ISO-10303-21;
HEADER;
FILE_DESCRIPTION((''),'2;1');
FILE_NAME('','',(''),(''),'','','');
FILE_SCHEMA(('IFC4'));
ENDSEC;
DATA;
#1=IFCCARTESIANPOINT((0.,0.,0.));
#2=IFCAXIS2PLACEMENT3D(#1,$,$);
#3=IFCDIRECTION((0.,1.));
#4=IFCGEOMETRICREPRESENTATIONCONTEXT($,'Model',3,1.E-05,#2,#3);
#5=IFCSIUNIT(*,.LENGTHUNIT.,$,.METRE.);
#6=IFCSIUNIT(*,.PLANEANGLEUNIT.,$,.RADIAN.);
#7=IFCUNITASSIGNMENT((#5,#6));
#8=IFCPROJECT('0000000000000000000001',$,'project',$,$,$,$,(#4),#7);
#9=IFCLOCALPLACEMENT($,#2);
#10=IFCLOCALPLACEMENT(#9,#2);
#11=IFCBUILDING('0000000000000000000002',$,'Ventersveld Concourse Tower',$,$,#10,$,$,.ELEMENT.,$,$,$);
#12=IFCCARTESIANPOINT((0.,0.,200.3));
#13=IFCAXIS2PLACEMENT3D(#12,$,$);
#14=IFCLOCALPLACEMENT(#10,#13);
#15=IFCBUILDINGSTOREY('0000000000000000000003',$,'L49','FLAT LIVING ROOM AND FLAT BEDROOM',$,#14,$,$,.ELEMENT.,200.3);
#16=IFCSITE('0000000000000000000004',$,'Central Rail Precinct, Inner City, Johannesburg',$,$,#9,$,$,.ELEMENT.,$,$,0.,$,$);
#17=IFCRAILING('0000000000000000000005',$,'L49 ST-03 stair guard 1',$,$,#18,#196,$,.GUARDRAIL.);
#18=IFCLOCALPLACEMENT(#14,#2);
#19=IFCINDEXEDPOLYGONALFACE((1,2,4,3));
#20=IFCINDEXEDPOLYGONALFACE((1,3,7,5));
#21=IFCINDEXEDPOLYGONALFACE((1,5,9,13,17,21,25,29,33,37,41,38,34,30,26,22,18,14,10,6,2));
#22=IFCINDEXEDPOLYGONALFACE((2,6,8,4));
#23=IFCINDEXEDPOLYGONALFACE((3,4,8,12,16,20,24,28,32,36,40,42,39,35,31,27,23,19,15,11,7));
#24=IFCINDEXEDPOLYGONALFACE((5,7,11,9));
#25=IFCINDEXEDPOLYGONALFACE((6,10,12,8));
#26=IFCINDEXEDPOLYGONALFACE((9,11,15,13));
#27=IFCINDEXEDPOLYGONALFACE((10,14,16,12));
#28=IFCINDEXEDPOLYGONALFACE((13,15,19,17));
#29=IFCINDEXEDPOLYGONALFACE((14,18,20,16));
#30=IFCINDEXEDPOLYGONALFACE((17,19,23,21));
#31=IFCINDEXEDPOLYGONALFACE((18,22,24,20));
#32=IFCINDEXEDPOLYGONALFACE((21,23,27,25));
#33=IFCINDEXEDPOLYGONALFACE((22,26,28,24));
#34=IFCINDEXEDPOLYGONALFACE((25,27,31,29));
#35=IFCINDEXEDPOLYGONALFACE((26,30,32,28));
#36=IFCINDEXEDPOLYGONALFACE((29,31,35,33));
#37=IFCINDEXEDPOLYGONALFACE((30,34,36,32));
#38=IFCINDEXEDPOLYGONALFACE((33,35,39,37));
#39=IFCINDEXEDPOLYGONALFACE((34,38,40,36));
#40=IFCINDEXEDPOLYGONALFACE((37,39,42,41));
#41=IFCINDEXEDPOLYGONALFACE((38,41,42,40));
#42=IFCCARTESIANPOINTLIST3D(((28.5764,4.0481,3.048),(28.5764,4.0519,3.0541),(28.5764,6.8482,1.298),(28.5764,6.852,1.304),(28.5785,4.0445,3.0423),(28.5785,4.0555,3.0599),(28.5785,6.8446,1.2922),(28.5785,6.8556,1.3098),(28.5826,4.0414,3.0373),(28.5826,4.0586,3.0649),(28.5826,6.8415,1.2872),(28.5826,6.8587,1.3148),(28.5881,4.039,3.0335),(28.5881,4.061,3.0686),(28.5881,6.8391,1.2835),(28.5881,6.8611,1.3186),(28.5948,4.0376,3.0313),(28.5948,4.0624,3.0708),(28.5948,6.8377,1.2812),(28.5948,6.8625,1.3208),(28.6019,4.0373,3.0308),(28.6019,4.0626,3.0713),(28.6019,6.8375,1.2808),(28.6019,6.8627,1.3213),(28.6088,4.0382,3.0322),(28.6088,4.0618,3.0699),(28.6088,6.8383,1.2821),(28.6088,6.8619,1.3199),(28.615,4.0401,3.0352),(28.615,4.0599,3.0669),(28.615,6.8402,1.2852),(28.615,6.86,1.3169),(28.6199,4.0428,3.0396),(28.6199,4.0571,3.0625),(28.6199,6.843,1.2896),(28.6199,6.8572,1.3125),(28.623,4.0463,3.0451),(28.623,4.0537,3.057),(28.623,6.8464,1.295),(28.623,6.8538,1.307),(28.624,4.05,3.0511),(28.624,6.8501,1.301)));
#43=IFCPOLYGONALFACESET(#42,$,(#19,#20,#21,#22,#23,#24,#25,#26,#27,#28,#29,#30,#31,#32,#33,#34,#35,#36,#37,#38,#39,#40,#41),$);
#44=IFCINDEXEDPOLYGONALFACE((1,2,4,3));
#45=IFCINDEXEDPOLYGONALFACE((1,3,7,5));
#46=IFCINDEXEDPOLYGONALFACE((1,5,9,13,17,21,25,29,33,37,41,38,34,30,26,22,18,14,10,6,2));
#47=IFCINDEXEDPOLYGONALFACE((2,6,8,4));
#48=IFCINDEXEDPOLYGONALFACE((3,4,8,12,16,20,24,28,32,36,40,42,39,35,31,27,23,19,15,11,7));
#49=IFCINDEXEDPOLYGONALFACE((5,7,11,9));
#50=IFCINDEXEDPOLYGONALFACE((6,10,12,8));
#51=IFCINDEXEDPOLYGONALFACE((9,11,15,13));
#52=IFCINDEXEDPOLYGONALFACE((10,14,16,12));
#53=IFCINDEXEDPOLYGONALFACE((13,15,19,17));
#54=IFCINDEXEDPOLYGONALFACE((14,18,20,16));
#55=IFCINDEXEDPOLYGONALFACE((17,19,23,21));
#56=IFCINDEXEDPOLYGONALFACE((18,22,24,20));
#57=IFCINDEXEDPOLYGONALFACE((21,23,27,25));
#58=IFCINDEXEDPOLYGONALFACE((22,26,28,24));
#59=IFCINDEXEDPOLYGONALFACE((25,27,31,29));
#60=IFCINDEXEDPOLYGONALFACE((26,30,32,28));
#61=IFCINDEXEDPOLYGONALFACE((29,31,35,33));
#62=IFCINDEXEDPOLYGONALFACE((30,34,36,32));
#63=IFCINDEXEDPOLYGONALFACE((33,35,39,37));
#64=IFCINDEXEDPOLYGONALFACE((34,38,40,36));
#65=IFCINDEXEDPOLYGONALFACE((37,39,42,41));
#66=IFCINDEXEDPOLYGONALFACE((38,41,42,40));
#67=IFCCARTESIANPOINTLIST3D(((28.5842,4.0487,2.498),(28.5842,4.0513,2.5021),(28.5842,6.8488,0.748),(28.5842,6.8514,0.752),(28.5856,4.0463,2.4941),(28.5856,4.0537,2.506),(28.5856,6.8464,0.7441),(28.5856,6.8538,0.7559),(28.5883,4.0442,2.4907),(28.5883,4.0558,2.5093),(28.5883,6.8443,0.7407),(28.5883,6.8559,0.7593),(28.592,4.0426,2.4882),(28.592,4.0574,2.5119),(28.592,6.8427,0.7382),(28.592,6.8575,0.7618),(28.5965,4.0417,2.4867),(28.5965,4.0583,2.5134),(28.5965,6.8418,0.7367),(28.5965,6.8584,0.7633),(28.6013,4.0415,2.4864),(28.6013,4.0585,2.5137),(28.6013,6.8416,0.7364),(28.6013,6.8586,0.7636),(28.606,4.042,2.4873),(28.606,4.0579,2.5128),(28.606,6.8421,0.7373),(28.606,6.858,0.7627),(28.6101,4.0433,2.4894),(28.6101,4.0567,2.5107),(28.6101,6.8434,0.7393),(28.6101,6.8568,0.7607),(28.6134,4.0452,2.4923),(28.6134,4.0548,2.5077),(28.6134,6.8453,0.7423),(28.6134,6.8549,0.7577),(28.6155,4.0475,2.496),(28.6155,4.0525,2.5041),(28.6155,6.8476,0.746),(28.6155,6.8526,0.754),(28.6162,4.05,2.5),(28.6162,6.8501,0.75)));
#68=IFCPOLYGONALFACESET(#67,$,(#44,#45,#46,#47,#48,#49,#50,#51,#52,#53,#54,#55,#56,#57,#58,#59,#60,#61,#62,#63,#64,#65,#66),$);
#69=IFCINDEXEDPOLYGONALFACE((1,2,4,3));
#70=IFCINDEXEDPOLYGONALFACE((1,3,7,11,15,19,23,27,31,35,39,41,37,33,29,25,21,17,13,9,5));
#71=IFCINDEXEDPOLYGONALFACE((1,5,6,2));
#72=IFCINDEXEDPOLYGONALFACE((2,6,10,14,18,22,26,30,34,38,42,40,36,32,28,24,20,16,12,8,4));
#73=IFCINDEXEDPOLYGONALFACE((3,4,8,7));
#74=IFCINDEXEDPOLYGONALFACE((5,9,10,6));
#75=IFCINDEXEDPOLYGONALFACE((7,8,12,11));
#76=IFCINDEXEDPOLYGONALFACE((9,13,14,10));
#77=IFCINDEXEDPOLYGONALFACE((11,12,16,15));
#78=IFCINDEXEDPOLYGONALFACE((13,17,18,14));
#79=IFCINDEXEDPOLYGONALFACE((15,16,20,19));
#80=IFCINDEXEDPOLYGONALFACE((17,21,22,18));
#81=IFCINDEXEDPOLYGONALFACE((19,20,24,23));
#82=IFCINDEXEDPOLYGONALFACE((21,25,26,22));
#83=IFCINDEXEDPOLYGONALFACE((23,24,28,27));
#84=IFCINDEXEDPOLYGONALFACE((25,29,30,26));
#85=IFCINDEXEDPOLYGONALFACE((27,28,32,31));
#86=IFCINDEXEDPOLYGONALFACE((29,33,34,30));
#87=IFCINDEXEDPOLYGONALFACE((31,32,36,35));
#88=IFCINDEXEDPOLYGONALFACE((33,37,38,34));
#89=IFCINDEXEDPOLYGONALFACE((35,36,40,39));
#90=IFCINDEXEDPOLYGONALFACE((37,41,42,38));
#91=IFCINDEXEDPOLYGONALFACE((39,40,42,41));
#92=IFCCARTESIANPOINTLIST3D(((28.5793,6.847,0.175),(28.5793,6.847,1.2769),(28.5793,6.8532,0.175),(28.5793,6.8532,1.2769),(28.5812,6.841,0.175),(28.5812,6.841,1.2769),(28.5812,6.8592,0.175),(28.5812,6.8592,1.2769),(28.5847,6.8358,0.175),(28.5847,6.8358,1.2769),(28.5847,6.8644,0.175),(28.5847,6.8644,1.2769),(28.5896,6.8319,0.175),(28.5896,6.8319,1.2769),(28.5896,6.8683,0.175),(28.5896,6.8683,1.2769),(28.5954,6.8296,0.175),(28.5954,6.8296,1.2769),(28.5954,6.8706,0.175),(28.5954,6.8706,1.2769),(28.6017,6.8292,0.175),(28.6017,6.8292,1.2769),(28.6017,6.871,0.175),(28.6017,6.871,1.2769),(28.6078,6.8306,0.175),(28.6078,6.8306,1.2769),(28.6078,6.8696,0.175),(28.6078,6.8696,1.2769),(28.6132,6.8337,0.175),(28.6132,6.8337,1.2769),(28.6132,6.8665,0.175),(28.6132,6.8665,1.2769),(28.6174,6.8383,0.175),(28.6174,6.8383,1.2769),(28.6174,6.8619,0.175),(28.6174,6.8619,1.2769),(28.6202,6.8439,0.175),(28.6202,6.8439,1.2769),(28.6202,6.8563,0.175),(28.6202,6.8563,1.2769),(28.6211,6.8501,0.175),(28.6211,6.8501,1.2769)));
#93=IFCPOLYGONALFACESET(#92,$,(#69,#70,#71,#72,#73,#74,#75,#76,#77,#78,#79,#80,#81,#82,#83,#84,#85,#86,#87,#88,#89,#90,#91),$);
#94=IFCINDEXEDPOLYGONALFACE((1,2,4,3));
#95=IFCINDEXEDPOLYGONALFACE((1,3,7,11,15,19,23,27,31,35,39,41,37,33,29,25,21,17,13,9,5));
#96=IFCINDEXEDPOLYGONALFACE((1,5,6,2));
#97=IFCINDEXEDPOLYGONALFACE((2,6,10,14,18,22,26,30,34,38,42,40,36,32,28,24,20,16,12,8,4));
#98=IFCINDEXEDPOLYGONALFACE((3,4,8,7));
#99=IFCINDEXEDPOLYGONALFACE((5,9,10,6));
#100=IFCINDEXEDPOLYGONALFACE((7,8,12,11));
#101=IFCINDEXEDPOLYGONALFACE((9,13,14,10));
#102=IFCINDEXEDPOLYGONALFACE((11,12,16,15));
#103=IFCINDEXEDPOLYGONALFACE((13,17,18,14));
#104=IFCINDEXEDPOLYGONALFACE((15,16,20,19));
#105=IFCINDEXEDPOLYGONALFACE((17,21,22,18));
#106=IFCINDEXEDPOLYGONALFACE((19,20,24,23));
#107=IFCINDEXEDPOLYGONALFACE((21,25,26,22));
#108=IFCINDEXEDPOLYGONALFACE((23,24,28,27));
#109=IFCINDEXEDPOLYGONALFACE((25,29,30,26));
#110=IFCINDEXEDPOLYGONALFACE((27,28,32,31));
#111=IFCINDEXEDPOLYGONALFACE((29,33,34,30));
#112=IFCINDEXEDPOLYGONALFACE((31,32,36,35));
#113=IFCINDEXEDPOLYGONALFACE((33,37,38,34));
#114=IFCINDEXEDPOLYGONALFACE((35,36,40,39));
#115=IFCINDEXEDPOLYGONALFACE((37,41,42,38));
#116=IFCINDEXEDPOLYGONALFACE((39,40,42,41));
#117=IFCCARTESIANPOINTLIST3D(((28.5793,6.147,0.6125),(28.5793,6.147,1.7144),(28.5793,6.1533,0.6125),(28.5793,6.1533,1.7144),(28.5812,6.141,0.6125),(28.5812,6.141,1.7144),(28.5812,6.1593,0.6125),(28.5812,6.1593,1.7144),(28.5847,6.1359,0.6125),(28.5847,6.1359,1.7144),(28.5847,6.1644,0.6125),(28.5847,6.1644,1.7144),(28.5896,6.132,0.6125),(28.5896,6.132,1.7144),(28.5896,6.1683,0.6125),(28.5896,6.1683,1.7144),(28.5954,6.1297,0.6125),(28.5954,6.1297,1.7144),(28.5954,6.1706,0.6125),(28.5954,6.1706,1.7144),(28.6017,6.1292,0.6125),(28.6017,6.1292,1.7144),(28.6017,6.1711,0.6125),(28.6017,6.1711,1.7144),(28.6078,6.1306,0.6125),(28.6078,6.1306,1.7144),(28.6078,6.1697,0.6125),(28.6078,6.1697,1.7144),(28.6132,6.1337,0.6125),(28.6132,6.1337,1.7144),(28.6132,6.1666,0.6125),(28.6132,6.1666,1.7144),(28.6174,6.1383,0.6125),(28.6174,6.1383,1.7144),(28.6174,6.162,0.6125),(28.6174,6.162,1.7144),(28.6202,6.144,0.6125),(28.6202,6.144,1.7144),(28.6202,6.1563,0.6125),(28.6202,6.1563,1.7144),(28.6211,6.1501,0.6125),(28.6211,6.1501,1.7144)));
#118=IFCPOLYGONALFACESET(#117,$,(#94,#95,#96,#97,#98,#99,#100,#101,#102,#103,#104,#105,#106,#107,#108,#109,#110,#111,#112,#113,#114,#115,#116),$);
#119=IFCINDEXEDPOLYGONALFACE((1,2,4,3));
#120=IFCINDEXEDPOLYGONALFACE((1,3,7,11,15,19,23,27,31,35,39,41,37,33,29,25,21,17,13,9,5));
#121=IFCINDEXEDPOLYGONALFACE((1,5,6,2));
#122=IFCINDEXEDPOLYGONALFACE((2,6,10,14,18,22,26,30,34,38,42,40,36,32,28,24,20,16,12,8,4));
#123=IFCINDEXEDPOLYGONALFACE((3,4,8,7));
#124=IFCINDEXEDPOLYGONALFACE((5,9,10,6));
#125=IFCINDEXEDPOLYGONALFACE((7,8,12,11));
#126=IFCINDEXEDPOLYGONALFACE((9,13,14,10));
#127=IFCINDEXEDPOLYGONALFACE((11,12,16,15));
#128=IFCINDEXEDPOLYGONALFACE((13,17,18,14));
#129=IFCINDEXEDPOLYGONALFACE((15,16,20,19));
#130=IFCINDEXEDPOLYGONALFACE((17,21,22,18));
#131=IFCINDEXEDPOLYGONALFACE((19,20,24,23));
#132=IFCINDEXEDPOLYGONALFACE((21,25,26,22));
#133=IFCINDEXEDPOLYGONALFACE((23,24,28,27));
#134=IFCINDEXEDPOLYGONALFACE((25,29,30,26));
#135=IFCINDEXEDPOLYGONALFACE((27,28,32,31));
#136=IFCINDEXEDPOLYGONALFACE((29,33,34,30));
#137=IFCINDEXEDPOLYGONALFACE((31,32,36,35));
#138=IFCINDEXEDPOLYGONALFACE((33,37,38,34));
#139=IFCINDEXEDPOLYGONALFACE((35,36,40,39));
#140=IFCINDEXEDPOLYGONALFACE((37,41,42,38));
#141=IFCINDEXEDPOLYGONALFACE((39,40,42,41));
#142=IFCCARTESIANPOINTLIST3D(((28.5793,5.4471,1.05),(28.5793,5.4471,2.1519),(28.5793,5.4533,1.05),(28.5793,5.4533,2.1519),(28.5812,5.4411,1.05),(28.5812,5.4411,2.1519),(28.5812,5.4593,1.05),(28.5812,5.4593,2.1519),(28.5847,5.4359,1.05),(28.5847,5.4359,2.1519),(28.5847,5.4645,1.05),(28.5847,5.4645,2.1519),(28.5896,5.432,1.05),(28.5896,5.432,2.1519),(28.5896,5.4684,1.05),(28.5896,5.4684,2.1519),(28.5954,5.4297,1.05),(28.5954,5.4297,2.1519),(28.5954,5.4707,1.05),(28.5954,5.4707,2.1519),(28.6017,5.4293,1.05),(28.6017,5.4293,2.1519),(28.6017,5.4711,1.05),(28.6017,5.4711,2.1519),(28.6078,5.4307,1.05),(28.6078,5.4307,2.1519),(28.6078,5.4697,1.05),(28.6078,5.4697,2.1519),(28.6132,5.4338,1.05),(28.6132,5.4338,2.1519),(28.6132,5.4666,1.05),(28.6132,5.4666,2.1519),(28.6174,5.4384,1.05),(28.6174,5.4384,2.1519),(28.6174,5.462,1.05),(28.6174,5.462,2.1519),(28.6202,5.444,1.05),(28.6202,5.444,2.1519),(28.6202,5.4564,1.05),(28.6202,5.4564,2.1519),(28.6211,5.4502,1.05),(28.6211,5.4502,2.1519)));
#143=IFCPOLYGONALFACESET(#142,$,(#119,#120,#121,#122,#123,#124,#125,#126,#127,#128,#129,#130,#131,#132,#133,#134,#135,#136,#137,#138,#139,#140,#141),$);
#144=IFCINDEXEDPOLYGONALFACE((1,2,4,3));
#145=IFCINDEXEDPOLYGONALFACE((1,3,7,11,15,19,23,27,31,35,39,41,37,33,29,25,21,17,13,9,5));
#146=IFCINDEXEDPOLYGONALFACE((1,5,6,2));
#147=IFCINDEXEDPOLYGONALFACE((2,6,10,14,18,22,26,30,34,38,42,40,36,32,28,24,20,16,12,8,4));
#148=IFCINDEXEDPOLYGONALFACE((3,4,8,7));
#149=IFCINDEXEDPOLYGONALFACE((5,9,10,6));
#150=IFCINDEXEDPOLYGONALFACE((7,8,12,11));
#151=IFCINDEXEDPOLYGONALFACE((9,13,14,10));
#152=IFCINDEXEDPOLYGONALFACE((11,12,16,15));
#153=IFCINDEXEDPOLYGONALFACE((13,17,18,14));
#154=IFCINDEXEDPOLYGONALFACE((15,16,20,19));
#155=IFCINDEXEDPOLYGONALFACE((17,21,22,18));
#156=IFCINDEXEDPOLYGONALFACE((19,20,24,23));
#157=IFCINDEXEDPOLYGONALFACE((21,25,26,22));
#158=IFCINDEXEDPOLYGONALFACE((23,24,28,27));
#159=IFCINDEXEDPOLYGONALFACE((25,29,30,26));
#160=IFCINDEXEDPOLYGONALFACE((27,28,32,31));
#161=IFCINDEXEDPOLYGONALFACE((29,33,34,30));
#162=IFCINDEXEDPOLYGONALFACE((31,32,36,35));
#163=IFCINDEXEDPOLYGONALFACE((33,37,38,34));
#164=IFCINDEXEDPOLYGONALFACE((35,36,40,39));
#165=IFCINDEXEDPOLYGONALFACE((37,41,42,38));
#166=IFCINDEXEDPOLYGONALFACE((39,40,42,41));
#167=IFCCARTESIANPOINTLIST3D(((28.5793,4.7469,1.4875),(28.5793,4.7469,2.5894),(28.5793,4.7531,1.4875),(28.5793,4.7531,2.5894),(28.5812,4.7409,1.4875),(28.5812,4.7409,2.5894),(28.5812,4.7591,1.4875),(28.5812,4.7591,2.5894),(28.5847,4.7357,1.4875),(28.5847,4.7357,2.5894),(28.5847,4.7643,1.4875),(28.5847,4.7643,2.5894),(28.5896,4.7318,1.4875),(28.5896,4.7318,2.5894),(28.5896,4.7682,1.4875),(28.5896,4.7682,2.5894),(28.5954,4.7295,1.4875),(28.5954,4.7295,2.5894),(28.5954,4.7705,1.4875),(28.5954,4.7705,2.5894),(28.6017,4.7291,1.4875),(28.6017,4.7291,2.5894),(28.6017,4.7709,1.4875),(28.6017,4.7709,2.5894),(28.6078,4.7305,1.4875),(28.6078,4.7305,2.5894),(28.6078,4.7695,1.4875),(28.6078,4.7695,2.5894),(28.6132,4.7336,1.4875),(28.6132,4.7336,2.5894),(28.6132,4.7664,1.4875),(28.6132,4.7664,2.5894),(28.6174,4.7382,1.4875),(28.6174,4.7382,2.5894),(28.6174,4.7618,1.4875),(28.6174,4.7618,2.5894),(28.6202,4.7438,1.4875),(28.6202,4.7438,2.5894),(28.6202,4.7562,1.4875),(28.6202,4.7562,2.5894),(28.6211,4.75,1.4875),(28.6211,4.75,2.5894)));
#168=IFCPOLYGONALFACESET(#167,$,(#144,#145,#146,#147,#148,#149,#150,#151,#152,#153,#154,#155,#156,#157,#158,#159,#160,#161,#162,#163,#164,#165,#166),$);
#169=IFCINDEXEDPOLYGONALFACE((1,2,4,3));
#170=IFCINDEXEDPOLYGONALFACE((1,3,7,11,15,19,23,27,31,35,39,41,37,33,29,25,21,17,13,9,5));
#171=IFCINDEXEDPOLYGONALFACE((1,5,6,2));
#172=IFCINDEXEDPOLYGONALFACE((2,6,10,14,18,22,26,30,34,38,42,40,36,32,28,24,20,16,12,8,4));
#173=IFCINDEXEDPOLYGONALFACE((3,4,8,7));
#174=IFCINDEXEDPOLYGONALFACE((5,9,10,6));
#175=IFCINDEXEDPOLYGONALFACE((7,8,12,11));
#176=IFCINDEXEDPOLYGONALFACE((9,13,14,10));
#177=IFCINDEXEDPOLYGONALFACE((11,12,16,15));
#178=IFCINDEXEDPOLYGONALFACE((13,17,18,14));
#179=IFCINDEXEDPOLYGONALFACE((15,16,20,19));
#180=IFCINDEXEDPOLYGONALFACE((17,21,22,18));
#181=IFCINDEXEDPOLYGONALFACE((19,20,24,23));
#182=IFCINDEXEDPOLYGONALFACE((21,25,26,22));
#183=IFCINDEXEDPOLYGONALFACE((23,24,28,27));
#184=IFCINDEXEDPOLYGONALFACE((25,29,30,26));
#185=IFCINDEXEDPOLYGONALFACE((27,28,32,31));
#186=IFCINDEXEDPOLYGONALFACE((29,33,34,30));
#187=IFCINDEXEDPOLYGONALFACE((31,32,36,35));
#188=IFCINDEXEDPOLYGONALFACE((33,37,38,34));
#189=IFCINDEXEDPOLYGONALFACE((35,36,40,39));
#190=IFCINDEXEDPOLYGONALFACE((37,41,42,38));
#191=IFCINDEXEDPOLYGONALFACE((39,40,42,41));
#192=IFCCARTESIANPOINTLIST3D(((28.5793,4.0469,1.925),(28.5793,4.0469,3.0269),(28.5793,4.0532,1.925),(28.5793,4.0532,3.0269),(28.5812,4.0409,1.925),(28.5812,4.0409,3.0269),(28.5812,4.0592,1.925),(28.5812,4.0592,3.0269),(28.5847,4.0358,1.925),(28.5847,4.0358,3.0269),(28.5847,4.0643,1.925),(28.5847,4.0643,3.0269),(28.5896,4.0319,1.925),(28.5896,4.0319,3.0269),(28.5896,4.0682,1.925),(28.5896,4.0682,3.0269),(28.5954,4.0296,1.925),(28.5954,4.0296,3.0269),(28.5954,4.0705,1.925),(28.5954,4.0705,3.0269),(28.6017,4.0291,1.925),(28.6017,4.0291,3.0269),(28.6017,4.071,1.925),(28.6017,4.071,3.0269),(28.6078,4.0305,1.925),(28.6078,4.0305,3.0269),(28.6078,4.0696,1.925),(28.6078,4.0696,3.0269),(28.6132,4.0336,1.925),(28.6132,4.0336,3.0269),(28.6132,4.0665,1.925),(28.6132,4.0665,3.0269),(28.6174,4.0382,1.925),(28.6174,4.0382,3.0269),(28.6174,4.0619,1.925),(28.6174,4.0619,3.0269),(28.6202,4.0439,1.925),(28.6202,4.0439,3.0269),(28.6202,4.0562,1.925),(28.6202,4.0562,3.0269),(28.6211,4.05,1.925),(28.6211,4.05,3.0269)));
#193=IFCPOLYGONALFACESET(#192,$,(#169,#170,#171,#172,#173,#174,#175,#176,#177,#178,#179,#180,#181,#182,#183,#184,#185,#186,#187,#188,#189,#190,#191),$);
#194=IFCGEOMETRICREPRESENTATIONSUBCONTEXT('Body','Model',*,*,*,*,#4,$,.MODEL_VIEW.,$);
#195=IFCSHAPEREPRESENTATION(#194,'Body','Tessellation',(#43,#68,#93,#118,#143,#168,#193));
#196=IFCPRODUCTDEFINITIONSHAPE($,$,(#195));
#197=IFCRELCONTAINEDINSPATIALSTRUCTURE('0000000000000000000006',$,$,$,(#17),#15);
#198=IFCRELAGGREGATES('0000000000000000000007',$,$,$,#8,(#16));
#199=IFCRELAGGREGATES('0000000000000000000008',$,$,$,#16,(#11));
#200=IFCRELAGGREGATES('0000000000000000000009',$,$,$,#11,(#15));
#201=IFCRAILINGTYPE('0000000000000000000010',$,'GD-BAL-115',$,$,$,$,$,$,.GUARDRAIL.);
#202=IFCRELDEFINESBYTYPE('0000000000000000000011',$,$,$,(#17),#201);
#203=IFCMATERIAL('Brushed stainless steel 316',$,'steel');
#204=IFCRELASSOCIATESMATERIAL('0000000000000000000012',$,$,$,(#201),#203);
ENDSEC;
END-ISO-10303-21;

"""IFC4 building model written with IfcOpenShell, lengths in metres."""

from ifc_helpers import new_model, si_unit, direction, frame, origin, origin_2d, place, context, subcontext, project, spatial, circle, extrude, material, type_object, element, save


model = new_model("IFC4")

# Units and contexts
model_context = context("Model", 3, precision=1e-05, world=origin(), true_north=direction((0.0, 1.0)))
body_context = subcontext(model_context, "Body", "Model", "MODEL_VIEW")
ifc_project = project(units=[si_unit("LENGTHUNIT", "METRE"), si_unit("PLANEANGLEUNIT", "RADIAN")], contexts=[model_context])

# Site, building, storey
site_placement = place(None, origin())
site = spatial("IfcSite", under=ifc_project, at=site_placement, Name="Central Rail Precinct, Inner City, Johannesburg", CompositionType="ELEMENT", RefElevation=0.0)
building_placement = place(site_placement, origin())
building = spatial("IfcBuilding", under=site, at=building_placement, Name="Ventersveld Concourse Tower", CompositionType="ELEMENT")
storey_placement = place(building_placement, frame((0.0, 0.0, 200.3)))
storey = spatial("IfcBuildingStorey", under=building, at=storey_placement, Name="L49", Description="FLAT LIVING ROOM AND FLAT BEDROOM", CompositionType="ELEMENT", Elevation=200.3)

# Shared definitions
ifc_material_1 = material(Name="Brushed stainless steel 316", Category="steel")

# Railing
railing_type_1 = type_object("IfcRailingType", Name="GD-BAL-115", PredefinedType="GUARDRAIL", material=ifc_material_1)
railing_1_placement = place(storey_placement, frame((28.6001, 6.8501, 0.175)))
element("IfcRailing", 1, at=railing_1_placement, inside=storey, type_object=railing_type_1, Name="L49 ST-03 stair guard 1", PredefinedType="GUARDRAIL", context=body_context, shape_type="SweptSolid", body=[
    extrude(circle(Radius=0.0239, at=origin_2d()), frame((0.0, 0.0, 1.126), z_axis=(0.0, -0.848002, 0.529992), x_axis=(1.0, 0.0, 0.0)), (0.0, 0.0, 1.0), 3.302),
    extrude(circle(Radius=0.0161, at=origin_2d()), frame((0.0, 0.0, 0.575), z_axis=(0.0, -0.848002, 0.529992), x_axis=(1.0, 0.0, 0.0)), (0.0, 0.0, 1.0), 3.302),
    extrude(circle(Radius=0.021, at=origin_2d()), origin(), (0.0, 0.0, 1.0), 1.1018),
    extrude(circle(Radius=0.021, at=origin_2d()), frame((0.0, -0.7, 0.4375)), (0.0, 0.0, 1.0), 1.1018),
    extrude(circle(Radius=0.021, at=origin_2d()), frame((0.0, -1.3999, 0.875)), (0.0, 0.0, 1.0), 1.1018),
    extrude(circle(Radius=0.021, at=origin_2d()), frame((0.0, -2.1001, 1.3125)), (0.0, 0.0, 1.0), 1.1018),
    extrude(circle(Radius=0.021, at=origin_2d()), frame((0.0, -2.8, 1.75)), (0.0, 0.0, 1.0), 1.1018),
])

save(model, "model.ifc")
